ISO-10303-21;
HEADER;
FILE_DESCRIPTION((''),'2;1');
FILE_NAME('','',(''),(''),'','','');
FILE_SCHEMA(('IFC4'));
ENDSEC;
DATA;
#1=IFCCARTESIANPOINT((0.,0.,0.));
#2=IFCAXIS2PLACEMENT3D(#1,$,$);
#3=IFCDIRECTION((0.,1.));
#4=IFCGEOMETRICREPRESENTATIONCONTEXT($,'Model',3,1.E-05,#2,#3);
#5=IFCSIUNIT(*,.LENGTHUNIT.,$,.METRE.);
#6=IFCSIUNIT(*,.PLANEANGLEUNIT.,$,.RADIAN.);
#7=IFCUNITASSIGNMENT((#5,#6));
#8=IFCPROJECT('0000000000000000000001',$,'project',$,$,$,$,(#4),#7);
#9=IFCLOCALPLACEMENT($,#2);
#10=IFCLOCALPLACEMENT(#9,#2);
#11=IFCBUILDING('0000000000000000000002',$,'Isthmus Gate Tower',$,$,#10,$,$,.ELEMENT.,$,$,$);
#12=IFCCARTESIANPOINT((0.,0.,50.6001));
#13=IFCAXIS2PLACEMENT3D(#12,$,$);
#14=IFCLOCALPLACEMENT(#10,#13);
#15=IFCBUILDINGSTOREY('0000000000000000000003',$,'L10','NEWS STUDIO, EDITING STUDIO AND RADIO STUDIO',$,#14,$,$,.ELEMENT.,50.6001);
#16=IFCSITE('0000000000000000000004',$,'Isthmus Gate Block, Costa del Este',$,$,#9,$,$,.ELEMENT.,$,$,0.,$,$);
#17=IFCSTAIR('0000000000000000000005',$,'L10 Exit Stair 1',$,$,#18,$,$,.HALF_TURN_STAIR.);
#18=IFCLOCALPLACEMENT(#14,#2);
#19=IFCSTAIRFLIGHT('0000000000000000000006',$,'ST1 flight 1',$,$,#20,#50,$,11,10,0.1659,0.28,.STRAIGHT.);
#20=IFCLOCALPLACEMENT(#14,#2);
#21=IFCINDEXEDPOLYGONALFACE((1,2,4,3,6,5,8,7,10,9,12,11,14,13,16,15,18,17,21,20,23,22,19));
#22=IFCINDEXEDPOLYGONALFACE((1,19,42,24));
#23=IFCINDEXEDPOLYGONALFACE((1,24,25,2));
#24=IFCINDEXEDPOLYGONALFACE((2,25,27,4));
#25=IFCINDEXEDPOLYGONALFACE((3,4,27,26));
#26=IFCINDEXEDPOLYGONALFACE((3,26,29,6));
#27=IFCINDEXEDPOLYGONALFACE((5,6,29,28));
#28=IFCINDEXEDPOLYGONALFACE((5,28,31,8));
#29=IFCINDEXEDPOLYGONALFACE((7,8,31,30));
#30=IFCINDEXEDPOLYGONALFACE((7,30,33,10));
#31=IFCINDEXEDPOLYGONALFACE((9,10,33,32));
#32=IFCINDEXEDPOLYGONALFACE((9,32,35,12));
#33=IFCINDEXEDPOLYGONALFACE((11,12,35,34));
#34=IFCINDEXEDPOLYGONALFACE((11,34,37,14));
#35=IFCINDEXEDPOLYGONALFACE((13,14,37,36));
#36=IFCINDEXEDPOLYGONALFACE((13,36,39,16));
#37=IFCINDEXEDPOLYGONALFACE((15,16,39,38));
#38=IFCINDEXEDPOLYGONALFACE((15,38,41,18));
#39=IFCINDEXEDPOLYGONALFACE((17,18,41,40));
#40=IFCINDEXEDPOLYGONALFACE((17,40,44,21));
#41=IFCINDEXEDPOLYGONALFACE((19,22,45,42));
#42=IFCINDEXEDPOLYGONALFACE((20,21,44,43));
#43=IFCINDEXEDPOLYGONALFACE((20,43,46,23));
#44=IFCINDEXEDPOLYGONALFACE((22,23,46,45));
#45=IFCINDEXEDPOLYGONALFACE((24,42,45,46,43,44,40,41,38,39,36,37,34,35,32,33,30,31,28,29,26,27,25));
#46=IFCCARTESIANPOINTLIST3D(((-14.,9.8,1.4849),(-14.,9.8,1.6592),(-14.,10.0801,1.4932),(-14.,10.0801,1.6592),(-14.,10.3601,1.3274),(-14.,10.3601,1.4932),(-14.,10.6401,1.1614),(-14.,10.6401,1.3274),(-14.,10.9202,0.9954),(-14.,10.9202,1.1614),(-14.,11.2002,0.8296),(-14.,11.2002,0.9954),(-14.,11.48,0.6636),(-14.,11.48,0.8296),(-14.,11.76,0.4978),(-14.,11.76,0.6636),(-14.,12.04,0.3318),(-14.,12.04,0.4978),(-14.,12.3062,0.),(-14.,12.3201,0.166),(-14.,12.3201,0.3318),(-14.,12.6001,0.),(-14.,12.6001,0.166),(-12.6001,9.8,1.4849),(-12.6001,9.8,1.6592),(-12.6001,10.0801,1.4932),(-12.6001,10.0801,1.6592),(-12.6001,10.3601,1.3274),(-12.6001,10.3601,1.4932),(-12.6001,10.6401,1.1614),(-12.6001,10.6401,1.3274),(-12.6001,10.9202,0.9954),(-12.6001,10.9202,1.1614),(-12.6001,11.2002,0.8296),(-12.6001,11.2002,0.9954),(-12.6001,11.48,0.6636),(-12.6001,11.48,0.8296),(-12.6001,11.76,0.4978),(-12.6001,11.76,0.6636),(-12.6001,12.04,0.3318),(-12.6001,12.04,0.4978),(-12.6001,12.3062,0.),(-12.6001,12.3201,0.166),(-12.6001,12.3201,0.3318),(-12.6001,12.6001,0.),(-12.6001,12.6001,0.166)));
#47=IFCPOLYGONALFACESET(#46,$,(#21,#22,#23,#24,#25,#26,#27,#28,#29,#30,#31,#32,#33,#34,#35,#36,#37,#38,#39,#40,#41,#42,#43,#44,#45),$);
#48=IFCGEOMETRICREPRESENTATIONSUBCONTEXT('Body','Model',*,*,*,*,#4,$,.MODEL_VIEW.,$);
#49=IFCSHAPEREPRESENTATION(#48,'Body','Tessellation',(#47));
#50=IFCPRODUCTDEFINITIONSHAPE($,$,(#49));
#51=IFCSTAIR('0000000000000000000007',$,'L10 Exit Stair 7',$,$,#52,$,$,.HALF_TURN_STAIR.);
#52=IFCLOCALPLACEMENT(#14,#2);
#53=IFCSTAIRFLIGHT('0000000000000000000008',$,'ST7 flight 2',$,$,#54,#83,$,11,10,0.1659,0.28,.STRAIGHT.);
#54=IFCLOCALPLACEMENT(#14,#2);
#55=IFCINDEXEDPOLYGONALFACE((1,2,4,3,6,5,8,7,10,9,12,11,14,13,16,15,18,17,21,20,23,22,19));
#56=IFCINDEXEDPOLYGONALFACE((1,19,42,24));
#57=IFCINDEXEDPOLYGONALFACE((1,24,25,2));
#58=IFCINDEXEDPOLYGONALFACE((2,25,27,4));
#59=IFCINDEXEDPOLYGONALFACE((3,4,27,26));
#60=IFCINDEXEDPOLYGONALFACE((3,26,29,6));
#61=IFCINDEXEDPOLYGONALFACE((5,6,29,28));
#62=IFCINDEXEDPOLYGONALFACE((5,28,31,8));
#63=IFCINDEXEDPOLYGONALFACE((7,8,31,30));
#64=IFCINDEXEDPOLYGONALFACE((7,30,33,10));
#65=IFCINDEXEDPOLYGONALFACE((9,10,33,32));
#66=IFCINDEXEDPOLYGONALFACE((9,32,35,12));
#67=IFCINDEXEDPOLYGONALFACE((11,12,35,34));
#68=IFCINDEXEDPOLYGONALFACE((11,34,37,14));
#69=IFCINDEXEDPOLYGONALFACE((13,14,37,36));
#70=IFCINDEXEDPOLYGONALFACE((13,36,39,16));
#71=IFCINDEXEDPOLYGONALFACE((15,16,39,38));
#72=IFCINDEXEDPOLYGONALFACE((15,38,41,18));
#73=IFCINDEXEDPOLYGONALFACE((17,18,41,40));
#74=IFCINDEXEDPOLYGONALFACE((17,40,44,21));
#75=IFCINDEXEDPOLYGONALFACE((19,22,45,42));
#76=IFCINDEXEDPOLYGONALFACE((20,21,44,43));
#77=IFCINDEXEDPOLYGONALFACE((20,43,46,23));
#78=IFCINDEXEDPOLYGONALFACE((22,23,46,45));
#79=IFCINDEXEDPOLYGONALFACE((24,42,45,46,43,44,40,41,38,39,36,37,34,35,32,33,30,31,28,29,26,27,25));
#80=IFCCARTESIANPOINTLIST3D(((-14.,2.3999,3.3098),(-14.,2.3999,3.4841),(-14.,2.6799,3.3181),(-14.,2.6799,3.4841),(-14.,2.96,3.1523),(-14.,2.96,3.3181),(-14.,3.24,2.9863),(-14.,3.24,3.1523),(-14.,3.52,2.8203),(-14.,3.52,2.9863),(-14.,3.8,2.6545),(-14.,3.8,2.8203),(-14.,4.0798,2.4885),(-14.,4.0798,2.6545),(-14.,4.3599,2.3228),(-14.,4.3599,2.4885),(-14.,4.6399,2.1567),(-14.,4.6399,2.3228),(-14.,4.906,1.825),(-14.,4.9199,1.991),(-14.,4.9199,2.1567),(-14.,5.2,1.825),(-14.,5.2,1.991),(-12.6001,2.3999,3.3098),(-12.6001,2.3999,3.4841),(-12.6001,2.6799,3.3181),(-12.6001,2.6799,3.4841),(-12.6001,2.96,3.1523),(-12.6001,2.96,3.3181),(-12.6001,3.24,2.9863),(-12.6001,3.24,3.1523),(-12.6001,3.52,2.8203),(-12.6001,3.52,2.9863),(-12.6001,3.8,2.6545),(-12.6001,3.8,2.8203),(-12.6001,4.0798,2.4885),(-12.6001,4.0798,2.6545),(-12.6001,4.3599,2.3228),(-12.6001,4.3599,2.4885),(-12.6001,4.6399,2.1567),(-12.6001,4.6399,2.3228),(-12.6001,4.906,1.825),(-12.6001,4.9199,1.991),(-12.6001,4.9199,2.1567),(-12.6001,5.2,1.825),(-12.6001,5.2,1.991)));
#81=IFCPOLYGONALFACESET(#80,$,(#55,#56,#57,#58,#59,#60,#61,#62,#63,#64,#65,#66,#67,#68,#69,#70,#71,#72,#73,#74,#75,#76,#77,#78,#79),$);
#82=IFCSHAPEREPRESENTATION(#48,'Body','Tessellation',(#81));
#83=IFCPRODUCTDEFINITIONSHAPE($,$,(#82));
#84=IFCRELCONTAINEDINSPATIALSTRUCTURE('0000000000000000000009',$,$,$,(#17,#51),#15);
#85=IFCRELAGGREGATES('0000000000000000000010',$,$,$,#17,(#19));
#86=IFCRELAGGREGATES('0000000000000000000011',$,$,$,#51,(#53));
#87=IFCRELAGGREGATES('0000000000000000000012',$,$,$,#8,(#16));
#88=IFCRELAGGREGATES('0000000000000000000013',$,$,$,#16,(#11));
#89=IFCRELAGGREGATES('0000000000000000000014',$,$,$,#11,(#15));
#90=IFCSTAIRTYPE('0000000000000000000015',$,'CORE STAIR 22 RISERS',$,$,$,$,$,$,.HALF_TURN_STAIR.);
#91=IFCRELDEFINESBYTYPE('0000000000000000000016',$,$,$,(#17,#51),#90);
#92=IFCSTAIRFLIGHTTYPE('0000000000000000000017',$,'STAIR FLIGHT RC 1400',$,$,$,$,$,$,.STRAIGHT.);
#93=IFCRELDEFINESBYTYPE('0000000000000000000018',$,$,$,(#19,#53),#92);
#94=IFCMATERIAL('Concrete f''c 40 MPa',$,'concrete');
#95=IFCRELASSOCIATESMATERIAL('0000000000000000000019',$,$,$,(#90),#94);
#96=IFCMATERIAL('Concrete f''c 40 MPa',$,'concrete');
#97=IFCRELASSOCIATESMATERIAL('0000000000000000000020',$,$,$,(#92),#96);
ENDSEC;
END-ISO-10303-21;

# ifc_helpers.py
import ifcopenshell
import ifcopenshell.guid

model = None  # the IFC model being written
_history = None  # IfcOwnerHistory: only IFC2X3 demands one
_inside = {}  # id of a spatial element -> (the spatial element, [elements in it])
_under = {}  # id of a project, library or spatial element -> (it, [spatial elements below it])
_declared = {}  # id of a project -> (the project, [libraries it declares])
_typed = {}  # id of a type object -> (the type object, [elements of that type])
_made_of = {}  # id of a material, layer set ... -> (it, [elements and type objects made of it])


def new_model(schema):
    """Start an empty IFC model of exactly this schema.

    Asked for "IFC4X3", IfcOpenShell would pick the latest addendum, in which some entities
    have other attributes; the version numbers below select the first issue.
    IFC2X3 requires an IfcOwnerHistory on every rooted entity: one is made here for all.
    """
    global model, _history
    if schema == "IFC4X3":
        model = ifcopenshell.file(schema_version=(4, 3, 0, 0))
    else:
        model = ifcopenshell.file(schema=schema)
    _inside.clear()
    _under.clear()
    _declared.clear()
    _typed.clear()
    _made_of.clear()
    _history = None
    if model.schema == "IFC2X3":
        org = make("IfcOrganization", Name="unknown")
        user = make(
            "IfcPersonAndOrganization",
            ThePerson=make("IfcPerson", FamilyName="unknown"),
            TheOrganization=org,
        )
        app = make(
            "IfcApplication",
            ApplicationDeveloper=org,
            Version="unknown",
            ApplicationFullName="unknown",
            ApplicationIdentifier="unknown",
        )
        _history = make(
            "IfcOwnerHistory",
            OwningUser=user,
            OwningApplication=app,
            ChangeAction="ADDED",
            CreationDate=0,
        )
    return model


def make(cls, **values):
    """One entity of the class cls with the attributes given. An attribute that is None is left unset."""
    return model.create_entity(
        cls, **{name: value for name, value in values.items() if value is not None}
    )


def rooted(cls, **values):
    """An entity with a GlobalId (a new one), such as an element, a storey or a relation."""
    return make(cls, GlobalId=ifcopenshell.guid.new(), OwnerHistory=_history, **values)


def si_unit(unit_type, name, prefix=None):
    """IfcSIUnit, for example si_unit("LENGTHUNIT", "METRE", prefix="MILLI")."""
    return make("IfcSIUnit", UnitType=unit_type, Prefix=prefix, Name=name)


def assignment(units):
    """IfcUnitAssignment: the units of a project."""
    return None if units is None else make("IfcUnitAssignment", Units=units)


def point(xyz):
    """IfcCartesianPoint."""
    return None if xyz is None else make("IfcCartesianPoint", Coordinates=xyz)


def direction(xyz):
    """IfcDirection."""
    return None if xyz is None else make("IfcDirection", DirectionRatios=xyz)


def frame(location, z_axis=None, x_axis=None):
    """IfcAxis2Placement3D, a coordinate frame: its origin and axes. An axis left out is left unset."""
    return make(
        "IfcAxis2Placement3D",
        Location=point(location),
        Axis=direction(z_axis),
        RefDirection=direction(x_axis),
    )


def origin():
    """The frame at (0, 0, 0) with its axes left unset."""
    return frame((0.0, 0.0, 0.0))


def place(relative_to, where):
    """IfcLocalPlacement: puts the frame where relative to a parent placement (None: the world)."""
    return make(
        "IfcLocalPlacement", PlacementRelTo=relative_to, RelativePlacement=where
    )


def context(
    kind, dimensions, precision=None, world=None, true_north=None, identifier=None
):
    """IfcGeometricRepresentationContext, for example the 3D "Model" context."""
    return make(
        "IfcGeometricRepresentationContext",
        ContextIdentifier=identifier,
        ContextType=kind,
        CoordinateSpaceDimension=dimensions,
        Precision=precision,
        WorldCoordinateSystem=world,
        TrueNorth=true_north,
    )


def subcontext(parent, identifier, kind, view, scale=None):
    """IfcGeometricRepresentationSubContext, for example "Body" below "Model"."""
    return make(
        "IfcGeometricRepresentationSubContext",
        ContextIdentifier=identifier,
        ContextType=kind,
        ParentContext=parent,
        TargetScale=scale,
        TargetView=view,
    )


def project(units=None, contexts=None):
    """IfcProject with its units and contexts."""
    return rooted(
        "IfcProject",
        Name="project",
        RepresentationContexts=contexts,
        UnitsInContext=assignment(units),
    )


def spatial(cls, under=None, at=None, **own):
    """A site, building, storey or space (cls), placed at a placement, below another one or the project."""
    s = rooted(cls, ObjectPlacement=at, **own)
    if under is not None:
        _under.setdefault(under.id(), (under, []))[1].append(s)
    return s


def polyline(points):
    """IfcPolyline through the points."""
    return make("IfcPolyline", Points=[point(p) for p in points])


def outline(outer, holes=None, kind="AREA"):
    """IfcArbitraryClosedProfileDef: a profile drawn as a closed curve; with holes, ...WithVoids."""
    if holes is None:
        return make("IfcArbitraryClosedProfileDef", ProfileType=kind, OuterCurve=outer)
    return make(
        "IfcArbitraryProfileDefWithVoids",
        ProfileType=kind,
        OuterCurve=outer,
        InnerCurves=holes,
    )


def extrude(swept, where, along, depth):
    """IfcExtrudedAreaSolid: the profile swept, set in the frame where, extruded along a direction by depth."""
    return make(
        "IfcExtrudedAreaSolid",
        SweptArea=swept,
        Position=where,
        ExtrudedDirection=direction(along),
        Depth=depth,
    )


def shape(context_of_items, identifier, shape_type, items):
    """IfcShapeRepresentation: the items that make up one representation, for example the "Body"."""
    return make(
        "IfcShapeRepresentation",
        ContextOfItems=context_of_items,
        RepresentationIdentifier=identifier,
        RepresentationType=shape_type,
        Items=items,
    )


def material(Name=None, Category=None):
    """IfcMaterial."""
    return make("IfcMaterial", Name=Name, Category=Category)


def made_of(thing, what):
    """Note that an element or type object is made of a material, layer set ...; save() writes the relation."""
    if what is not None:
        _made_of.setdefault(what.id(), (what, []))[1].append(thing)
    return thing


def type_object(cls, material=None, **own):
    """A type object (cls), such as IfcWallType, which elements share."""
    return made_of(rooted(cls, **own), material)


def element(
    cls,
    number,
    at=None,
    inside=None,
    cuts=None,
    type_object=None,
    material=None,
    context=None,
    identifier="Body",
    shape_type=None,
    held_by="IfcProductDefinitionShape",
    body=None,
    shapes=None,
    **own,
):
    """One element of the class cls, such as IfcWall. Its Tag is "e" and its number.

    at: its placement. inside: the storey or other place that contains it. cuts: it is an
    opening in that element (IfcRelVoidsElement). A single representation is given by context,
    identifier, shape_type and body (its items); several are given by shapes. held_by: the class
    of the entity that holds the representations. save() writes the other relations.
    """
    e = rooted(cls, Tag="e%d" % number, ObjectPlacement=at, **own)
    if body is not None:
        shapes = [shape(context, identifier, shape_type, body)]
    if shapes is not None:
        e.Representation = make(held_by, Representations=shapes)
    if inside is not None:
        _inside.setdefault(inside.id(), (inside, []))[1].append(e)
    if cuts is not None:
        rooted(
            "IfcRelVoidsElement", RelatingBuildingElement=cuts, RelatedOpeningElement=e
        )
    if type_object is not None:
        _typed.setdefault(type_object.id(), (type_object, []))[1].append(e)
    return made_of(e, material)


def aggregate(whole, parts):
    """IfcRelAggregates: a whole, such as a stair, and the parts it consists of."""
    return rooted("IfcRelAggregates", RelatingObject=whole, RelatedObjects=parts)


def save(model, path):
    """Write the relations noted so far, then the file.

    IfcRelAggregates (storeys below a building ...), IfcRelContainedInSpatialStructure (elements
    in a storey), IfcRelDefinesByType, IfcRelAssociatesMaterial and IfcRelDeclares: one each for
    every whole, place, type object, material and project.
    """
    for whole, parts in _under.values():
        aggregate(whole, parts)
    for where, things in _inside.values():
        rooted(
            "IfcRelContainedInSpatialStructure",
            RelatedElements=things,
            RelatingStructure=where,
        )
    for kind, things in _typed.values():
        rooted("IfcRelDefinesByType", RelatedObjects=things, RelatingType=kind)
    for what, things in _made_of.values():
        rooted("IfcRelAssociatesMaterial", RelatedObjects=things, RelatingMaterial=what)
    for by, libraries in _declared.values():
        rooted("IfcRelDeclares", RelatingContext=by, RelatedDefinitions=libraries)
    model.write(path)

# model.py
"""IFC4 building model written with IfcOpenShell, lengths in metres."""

from ifc_helpers import new_model, si_unit, direction, frame, origin, place, context, subcontext, project, spatial, polyline, outline, extrude, material, type_object, element, aggregate, save


model = new_model("IFC4")

# Units and contexts
model_context = context("Model", 3, precision=1e-05, world=origin(), true_north=direction((0.0, 1.0)))
body_context = subcontext(model_context, "Body", "Model", "MODEL_VIEW")
ifc_project = project(units=[si_unit("LENGTHUNIT", "METRE"), si_unit("PLANEANGLEUNIT", "RADIAN")], contexts=[model_context])

# Site, building, storey
site_placement = place(None, origin())
site = spatial("IfcSite", under=ifc_project, at=site_placement, Name="Isthmus Gate Block, Costa del Este", CompositionType="ELEMENT", RefElevation=0.0)
building_placement = place(site_placement, origin())
building = spatial("IfcBuilding", under=site, at=building_placement, Name="Isthmus Gate Tower", CompositionType="ELEMENT")
storey_placement = place(building_placement, frame((0.0, 0.0, 50.6001)))
storey = spatial("IfcBuildingStorey", under=building, at=storey_placement, Name="L10", Description="NEWS STUDIO, EDITING STUDIO AND RADIO STUDIO", CompositionType="ELEMENT", Elevation=50.6001)

# Stairs, stair flights
ifc_material_1 = material(Name="Concrete f'c 40 MPa", Category="concrete")
stair_type = type_object("IfcStairType", Name="CORE STAIR 22 RISERS", PredefinedType="HALF_TURN_STAIR", material=ifc_material_1)
stair_1_placement = place(storey_placement, origin())
stair_1 = element("IfcStair", 1, at=stair_1_placement, inside=storey, type_object=stair_type, Name="L10 Exit Stair 1", PredefinedType="HALF_TURN_STAIR")
ifc_material_2 = material(Name="Concrete f'c 40 MPa", Category="concrete")
stair_flight_type = type_object("IfcStairFlightType", Name="STAIR FLIGHT RC 1400", PredefinedType="STRAIGHT", material=ifc_material_2)
stair_flight_1_placement = place(storey_placement, frame((-13.3, 12.6001, 0.0), z_axis=(0.0, 0.0, 1.0), x_axis=(0.0, -1.0, 0.0)))
stair_flight_1 = element("IfcStairFlight", 2, at=stair_flight_1_placement, type_object=stair_flight_type, Name="ST1 flight 1", NumberOfRisers=11, NumberOfTreads=10, PredefinedType="STRAIGHT", RiserHeight=0.1659, TreadLength=0.28, context=body_context, shape_type="SweptSolid", body=[
    extrude(outline(polyline([(0.0, 0.0), (0.0, 0.166), (0.28, 0.166), (0.28, 0.3318), (0.5601, 0.3318), (0.5601, 0.4978), (0.8401, 0.4978), (0.8401, 0.6636), (1.1201, 0.6636), (1.1201, 0.8296), (1.3999, 0.8296), (1.3999, 0.9954), (1.6799, 0.9954), (1.6799, 1.1614), (1.96, 1.1614), (1.96, 1.3274), (2.24, 1.3274), (2.24, 1.4932), (2.52, 1.4932), (2.52, 1.6592), (2.8, 1.6592), (2.8, 1.825), (2.8, 1.4849), (0.2939, 0.0), (0.0, 0.0)])), frame((0.0, 0.7, 0.0), z_axis=(0.0, -1.0, 0.0), x_axis=(1.0, 0.0, 0.0)), (0.0, 0.0, 1.0), 1.3999),
])
aggregate(stair_1, [stair_flight_1])
stair_2_placement = place(storey_placement, origin())
stair_2 = element("IfcStair", 3, at=stair_2_placement, inside=storey, type_object=stair_type, Name="L10 Exit Stair 7", PredefinedType="HALF_TURN_STAIR")
stair_flight_2_placement = place(storey_placement, frame((-13.3, 5.2, 1.825), z_axis=(0.0, 0.0, 1.0), x_axis=(0.0, -1.0, 0.0)))
stair_flight_2 = element("IfcStairFlight", 4, at=stair_flight_2_placement, type_object=stair_flight_type, Name="ST7 flight 2", NumberOfRisers=11, NumberOfTreads=10, PredefinedType="STRAIGHT", RiserHeight=0.1659, TreadLength=0.28, context=body_context, shape_type="SweptSolid", body=[
    extrude(outline(polyline([(0.0, 0.0), (0.0, 0.166), (0.28, 0.166), (0.28, 0.3318), (0.5601, 0.3318), (0.5601, 0.4978), (0.8401, 0.4978), (0.8401, 0.6636), (1.1201, 0.6636), (1.1201, 0.8296), (1.3999, 0.8296), (1.3999, 0.9954), (1.6799, 0.9954), (1.6799, 1.1614), (1.96, 1.1614), (1.96, 1.3274), (2.24, 1.3274), (2.24, 1.4932), (2.52, 1.4932), (2.52, 1.6592), (2.8, 1.6592), (2.8, 1.825), (2.8, 1.4849), (0.2939, 0.0), (0.0, 0.0)])), frame((0.0, 0.7, 0.0), z_axis=(0.0, -1.0, 0.0), x_axis=(1.0, 0.0, 0.0)), (0.0, 0.0, 1.0), 1.3999),
])
aggregate(stair_2, [stair_flight_2])

save(model, "model.ifc")
